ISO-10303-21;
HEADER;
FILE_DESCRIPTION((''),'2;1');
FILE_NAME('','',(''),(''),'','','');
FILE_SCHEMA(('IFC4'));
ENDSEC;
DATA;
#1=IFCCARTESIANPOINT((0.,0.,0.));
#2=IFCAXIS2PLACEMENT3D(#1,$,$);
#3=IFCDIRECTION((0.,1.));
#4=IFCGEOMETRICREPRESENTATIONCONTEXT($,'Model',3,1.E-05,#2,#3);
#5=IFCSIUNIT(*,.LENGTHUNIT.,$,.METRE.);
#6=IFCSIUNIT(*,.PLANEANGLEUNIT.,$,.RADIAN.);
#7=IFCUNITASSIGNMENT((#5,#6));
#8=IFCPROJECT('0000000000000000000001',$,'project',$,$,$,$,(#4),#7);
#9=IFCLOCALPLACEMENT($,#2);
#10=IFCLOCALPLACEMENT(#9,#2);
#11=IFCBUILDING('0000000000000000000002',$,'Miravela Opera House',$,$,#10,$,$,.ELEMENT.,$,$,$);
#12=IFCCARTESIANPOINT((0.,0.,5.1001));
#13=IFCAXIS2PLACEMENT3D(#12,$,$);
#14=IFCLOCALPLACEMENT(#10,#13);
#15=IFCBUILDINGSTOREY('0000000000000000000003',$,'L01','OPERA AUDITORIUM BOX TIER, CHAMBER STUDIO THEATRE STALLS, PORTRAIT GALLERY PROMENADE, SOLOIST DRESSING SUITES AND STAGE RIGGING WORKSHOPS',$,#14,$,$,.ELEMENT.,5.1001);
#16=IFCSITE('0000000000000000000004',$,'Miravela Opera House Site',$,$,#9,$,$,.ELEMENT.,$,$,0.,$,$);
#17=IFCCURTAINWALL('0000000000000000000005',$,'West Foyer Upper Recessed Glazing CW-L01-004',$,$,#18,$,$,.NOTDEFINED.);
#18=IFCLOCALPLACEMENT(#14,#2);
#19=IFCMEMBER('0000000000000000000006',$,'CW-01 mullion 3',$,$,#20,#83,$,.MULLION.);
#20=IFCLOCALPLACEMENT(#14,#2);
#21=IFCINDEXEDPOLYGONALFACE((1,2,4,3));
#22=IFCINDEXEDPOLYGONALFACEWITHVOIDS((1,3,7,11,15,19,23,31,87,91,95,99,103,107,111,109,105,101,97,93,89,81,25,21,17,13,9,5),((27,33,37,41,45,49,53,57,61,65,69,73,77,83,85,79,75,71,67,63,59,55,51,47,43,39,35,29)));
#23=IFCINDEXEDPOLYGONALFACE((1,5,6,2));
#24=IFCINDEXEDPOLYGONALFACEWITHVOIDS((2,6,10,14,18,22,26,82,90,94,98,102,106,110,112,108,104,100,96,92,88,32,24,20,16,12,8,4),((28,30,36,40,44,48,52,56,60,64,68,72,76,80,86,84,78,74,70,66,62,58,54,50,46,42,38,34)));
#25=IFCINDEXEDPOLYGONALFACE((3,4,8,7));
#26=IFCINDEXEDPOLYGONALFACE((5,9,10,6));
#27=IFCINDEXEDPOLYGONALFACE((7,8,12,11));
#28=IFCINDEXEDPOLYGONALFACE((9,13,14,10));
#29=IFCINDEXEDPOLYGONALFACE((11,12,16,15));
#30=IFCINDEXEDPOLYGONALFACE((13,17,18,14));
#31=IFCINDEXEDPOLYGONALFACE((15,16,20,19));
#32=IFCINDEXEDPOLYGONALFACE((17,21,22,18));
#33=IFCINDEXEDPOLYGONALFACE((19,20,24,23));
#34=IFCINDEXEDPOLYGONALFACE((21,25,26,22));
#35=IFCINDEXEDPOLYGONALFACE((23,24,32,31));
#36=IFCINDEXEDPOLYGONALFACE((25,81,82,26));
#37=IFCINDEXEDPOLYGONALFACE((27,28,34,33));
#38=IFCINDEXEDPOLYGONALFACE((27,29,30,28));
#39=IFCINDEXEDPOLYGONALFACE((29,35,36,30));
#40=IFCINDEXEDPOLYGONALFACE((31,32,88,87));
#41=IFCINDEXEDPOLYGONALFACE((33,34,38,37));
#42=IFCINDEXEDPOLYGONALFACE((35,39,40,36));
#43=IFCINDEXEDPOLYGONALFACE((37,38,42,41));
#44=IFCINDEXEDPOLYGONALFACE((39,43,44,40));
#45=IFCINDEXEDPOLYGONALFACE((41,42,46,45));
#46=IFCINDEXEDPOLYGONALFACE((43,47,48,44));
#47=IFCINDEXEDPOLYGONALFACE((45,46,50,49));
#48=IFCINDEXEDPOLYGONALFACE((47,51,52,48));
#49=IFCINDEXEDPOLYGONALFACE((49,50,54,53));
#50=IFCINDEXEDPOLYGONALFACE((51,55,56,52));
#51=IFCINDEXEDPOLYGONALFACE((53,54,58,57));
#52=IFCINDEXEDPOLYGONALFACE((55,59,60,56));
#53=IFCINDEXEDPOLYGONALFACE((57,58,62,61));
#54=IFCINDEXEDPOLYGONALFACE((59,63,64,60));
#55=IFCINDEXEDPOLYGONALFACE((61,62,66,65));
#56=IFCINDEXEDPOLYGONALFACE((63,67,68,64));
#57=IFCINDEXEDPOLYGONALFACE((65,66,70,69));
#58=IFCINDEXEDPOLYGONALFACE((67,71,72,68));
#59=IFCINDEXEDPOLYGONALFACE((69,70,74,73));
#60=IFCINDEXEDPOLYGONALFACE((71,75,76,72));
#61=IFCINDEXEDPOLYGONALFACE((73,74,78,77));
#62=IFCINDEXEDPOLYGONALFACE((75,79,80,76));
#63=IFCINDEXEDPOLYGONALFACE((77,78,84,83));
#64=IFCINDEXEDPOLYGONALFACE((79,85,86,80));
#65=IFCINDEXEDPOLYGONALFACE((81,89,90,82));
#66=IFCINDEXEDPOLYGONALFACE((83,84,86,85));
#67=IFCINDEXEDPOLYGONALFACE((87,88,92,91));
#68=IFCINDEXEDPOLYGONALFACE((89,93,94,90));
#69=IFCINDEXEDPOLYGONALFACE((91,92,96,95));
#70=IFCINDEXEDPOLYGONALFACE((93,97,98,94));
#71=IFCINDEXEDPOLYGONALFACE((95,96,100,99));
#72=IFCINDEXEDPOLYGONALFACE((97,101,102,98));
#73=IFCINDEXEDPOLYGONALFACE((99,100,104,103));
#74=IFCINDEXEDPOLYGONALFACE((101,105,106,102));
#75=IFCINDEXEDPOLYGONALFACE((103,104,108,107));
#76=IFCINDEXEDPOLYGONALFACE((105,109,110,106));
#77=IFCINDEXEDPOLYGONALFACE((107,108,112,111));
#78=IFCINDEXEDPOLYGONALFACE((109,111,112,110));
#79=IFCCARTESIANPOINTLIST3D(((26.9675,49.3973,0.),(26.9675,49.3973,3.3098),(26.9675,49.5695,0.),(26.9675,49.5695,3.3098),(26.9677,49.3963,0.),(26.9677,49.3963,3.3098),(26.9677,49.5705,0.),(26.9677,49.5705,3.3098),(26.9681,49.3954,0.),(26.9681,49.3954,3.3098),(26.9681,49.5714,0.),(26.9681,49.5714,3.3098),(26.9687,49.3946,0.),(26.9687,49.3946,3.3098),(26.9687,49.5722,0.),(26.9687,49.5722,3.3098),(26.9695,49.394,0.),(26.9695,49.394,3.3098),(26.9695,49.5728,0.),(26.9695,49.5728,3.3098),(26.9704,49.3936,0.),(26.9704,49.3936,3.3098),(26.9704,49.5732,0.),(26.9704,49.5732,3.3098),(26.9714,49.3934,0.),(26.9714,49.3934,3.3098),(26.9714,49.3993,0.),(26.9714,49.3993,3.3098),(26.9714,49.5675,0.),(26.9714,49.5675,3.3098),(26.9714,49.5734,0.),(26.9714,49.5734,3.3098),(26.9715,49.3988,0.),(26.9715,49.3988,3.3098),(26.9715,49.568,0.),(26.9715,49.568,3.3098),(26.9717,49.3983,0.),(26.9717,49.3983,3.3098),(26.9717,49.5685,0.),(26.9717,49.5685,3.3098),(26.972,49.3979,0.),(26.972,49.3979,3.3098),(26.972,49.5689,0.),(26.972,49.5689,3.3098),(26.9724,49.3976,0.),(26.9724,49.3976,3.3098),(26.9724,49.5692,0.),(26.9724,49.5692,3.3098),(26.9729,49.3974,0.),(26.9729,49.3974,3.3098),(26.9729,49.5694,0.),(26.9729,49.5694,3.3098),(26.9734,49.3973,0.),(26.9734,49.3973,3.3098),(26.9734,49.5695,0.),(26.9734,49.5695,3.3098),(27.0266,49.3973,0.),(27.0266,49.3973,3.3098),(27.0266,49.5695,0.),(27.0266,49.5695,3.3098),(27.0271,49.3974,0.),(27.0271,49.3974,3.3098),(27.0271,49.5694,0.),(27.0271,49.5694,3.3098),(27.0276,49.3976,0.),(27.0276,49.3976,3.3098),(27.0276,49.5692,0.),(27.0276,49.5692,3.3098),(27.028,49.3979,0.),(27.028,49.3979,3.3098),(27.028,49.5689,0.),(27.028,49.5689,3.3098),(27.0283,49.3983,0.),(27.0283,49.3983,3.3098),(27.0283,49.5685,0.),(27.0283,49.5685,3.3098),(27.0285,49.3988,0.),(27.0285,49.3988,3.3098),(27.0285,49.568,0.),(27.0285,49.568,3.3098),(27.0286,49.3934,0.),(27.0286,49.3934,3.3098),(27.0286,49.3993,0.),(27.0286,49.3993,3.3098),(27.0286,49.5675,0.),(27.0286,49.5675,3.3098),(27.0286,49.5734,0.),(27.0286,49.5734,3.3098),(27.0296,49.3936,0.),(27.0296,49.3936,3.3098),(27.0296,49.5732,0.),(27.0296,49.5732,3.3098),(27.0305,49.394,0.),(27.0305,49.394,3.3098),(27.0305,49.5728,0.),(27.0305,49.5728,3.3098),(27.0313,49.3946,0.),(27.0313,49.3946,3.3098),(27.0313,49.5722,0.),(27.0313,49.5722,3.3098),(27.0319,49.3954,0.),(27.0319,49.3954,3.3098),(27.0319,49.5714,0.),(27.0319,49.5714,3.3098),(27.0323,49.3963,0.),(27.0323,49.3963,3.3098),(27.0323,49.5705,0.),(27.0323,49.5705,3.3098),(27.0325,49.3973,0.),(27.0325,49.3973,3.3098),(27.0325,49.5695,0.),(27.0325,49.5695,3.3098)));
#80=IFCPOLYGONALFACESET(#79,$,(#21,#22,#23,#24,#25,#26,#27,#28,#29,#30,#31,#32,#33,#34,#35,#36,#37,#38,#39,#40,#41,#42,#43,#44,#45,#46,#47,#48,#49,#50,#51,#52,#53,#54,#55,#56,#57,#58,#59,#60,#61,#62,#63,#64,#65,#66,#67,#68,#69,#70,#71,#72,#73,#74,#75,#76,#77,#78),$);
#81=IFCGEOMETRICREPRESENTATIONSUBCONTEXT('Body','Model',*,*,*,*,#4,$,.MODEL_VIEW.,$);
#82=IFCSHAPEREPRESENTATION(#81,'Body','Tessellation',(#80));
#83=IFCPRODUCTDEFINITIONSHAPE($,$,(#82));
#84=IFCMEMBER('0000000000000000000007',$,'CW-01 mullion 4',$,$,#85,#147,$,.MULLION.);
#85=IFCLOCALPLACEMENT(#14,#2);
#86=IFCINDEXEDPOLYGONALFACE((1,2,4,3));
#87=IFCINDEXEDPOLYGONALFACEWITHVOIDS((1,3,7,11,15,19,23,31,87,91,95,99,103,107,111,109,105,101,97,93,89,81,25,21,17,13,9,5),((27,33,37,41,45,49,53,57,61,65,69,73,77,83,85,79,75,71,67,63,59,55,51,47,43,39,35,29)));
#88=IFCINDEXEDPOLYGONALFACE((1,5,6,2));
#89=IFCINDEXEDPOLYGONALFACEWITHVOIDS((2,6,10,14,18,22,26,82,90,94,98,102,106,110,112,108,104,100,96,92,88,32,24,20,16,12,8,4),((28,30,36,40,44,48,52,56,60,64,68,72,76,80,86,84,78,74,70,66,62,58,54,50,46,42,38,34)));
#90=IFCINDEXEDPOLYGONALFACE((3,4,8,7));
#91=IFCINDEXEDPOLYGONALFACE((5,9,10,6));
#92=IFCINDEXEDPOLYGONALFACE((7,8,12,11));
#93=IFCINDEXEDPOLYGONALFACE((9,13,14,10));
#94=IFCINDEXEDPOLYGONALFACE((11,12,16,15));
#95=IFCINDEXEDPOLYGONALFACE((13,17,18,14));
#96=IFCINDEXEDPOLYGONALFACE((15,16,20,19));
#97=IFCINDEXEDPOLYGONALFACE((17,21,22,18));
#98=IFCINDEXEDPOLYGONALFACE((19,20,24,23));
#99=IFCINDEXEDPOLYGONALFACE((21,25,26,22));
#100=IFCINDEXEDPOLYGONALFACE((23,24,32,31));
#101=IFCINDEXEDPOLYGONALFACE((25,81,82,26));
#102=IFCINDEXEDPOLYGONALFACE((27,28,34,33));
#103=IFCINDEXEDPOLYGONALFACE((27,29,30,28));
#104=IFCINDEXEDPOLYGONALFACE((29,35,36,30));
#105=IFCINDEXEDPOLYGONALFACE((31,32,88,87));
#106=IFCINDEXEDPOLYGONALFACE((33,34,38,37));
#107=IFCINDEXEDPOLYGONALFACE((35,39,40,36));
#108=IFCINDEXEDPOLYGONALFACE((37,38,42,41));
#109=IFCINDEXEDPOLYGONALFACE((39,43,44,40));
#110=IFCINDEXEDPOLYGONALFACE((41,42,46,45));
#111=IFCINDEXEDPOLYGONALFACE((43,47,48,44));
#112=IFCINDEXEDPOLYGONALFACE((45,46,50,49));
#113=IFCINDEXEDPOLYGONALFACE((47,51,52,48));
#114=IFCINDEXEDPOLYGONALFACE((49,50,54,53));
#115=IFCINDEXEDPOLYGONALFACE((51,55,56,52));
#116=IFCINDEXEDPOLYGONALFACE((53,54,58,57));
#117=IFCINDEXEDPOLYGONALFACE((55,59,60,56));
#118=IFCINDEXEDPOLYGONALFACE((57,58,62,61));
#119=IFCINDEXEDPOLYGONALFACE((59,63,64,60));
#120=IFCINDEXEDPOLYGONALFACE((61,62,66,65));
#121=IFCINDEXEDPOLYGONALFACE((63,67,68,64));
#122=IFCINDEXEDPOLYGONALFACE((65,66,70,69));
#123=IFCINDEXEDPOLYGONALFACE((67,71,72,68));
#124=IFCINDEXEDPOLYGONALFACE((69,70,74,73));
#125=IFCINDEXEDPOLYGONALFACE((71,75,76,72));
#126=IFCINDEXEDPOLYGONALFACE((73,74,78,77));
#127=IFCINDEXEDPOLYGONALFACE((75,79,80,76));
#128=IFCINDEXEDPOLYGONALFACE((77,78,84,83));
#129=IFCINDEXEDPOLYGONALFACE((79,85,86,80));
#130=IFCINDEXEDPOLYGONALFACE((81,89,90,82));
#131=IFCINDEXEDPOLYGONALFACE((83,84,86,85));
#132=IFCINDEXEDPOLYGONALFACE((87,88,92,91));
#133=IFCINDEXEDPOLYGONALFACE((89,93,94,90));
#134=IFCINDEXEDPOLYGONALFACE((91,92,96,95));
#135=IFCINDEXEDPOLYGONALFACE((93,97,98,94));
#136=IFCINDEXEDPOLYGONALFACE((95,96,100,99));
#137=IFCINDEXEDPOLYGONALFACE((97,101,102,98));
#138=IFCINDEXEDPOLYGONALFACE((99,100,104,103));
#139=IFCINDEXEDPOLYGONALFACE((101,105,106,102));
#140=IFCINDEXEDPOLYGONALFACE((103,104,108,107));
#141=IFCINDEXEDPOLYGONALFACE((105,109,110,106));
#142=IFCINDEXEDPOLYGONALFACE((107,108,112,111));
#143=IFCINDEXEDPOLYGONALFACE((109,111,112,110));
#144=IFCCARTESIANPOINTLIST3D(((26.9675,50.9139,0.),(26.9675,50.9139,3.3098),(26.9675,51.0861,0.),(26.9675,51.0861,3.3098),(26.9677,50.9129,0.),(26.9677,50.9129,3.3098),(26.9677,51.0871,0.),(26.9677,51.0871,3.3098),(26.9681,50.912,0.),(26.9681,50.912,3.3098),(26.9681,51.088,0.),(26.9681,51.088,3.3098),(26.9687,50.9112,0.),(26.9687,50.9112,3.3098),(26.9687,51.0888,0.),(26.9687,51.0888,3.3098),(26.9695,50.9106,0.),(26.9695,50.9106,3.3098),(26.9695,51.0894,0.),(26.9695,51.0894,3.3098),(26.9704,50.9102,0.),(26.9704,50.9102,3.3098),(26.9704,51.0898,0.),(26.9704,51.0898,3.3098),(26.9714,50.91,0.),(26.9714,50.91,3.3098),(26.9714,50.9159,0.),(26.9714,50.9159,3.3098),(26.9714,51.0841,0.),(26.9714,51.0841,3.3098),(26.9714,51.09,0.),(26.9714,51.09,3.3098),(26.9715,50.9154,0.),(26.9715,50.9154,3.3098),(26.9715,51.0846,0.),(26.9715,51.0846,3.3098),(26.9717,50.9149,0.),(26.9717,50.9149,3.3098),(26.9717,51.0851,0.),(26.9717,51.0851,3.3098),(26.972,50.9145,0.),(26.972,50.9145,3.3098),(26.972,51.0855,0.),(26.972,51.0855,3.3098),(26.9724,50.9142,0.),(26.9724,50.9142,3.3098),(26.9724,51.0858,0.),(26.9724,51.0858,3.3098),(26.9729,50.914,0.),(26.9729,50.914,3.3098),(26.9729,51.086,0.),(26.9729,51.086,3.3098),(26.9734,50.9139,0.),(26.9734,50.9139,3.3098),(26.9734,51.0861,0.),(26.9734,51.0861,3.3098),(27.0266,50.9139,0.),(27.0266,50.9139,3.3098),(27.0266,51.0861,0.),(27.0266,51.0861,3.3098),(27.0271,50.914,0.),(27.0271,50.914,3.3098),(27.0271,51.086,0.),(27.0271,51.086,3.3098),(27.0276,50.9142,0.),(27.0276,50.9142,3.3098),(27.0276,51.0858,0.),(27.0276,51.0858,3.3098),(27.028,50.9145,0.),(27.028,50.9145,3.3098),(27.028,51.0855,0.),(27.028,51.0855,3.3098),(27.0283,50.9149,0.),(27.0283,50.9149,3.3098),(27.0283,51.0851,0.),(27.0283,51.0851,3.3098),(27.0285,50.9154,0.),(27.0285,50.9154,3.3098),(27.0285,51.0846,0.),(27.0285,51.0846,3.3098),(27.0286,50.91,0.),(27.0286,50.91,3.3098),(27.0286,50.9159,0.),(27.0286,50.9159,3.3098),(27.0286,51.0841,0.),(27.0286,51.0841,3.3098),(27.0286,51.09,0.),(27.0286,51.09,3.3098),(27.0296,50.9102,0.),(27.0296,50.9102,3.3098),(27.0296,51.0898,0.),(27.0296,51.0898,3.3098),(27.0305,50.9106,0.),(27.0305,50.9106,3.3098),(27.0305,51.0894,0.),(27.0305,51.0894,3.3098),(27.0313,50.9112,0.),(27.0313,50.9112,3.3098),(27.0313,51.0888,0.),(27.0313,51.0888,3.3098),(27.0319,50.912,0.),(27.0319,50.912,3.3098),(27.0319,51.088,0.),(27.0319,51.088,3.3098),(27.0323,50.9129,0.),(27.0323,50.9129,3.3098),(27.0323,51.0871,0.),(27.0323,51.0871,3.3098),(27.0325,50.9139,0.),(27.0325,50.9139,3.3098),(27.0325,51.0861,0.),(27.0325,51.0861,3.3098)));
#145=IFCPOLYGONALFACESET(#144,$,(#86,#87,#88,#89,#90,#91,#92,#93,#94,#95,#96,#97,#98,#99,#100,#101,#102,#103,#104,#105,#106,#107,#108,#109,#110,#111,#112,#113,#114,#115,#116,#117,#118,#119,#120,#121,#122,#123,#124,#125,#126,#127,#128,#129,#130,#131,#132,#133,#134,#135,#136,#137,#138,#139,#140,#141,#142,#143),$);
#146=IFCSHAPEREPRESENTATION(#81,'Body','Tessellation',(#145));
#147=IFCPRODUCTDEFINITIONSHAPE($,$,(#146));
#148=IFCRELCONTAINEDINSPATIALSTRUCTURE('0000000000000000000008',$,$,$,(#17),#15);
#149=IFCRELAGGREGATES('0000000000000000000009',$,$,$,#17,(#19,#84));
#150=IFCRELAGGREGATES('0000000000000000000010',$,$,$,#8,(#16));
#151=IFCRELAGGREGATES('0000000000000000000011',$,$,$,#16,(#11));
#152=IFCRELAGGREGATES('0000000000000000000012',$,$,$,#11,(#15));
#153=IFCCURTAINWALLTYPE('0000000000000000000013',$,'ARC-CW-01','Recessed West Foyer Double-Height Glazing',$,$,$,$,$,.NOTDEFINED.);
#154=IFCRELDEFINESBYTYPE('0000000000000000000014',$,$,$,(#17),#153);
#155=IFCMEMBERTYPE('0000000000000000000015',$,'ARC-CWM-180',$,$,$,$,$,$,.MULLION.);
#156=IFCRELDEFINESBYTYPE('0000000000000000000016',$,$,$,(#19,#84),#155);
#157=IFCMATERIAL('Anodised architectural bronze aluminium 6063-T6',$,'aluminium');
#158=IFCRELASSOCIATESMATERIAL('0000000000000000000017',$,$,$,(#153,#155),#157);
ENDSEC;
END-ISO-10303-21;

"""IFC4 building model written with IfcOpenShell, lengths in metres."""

from ifc_helpers import new_model, si_unit, direction, frame, origin, origin_2d, place, context, subcontext, project, spatial, hollow_rectangle, extrude, material, material_profile, profile_set, type_object, element, aggregate, save


model = new_model("IFC4")

# Units and contexts
model_context = context("Model", 3, precision=1e-05, world=origin(), true_north=direction((0.0, 1.0)))
body_context = subcontext(model_context, "Body", "Model", "MODEL_VIEW")
ifc_project = project(units=[si_unit("LENGTHUNIT", "METRE"), si_unit("PLANEANGLEUNIT", "RADIAN")], contexts=[model_context])

# Site, building, storey
site_placement = place(None, origin())
site = spatial("IfcSite", under=ifc_project, at=site_placement, Name="Miravela Opera House Site", CompositionType="ELEMENT", RefElevation=0.0)
building_placement = place(site_placement, origin())
building = spatial("IfcBuilding", under=site, at=building_placement, Name="Miravela Opera House", CompositionType="ELEMENT")
storey_placement = place(building_placement, frame((0.0, 0.0, 5.1001)))
storey = spatial("IfcBuildingStorey", under=building, at=storey_placement, Name="L01", Description="OPERA AUDITORIUM BOX TIER, CHAMBER STUDIO THEATRE STALLS, PORTRAIT GALLERY PROMENADE, SOLOIST DRESSING SUITES AND STAGE RIGGING WORKSHOPS", CompositionType="ELEMENT", Elevation=5.1001)

# Curtain wall, members
ifc_material_1 = material(Name="Anodised architectural bronze aluminium 6063-T6", Category="aluminium")
curtain_wall_type = type_object("IfcCurtainWallType", Name="ARC-CW-01", Description="Recessed West Foyer Double-Height Glazing", PredefinedType="NOTDEFINED", material=ifc_material_1)
curtain_wall_placement = place(storey_placement, origin())
curtain_wall = element("IfcCurtainWall", 1, at=curtain_wall_placement, inside=storey, type_object=curtain_wall_type, Name="West Foyer Upper Recessed Glazing CW-L01-004", PredefinedType="NOTDEFINED")
ifc_material_profile_1 = material_profile(ifc_material_1, hollow_rectangle(XDim=0.0649, YDim=0.1799, WallThickness=0.0039, InnerFilletRadius=0.002, OuterFilletRadius=0.0039, at=origin_2d()), Name="CWM-65X180")
ifc_profile_set_1 = profile_set([ifc_material_profile_1])
member_type_1 = type_object("IfcMemberType", Name="ARC-CWM-180", PredefinedType="MULLION", material=ifc_profile_set_1)
member_1_placement = place(storey_placement, frame((27.0, 49.4834, 0.0), z_axis=(0.0, 0.0, 1.0), x_axis=(-1.0, 0.0, 0.0)))
member_1 = element("IfcMember", 2, at=member_1_placement, type_object=member_type_1, Name="CW-01 mullion 3", PredefinedType="MULLION", context=body_context, shape_type="SweptSolid", body=[
    extrude(hollow_rectangle(XDim=0.0649, YDim=0.1799, WallThickness=0.0039, InnerFilletRadius=0.002, OuterFilletRadius=0.0039, at=origin_2d()), origin(), (0.0, 0.0, 1.0), 3.3098),
])
member_2_placement = place(storey_placement, frame((27.0, 51.0, 0.0), z_axis=(0.0, 0.0, 1.0), x_axis=(-1.0, 0.0, 0.0)))
member_2 = element("IfcMember", 3, at=member_2_placement, type_object=member_type_1, Name="CW-01 mullion 4", PredefinedType="MULLION", context=body_context, shape_type="SweptSolid", body=[
    extrude(hollow_rectangle(XDim=0.0649, YDim=0.1799, WallThickness=0.0039, InnerFilletRadius=0.002, OuterFilletRadius=0.0039, at=origin_2d()), origin(), (0.0, 0.0, 1.0), 3.3098),
])
aggregate(curtain_wall, [member_1, member_2])

save(model, "model.ifc")
